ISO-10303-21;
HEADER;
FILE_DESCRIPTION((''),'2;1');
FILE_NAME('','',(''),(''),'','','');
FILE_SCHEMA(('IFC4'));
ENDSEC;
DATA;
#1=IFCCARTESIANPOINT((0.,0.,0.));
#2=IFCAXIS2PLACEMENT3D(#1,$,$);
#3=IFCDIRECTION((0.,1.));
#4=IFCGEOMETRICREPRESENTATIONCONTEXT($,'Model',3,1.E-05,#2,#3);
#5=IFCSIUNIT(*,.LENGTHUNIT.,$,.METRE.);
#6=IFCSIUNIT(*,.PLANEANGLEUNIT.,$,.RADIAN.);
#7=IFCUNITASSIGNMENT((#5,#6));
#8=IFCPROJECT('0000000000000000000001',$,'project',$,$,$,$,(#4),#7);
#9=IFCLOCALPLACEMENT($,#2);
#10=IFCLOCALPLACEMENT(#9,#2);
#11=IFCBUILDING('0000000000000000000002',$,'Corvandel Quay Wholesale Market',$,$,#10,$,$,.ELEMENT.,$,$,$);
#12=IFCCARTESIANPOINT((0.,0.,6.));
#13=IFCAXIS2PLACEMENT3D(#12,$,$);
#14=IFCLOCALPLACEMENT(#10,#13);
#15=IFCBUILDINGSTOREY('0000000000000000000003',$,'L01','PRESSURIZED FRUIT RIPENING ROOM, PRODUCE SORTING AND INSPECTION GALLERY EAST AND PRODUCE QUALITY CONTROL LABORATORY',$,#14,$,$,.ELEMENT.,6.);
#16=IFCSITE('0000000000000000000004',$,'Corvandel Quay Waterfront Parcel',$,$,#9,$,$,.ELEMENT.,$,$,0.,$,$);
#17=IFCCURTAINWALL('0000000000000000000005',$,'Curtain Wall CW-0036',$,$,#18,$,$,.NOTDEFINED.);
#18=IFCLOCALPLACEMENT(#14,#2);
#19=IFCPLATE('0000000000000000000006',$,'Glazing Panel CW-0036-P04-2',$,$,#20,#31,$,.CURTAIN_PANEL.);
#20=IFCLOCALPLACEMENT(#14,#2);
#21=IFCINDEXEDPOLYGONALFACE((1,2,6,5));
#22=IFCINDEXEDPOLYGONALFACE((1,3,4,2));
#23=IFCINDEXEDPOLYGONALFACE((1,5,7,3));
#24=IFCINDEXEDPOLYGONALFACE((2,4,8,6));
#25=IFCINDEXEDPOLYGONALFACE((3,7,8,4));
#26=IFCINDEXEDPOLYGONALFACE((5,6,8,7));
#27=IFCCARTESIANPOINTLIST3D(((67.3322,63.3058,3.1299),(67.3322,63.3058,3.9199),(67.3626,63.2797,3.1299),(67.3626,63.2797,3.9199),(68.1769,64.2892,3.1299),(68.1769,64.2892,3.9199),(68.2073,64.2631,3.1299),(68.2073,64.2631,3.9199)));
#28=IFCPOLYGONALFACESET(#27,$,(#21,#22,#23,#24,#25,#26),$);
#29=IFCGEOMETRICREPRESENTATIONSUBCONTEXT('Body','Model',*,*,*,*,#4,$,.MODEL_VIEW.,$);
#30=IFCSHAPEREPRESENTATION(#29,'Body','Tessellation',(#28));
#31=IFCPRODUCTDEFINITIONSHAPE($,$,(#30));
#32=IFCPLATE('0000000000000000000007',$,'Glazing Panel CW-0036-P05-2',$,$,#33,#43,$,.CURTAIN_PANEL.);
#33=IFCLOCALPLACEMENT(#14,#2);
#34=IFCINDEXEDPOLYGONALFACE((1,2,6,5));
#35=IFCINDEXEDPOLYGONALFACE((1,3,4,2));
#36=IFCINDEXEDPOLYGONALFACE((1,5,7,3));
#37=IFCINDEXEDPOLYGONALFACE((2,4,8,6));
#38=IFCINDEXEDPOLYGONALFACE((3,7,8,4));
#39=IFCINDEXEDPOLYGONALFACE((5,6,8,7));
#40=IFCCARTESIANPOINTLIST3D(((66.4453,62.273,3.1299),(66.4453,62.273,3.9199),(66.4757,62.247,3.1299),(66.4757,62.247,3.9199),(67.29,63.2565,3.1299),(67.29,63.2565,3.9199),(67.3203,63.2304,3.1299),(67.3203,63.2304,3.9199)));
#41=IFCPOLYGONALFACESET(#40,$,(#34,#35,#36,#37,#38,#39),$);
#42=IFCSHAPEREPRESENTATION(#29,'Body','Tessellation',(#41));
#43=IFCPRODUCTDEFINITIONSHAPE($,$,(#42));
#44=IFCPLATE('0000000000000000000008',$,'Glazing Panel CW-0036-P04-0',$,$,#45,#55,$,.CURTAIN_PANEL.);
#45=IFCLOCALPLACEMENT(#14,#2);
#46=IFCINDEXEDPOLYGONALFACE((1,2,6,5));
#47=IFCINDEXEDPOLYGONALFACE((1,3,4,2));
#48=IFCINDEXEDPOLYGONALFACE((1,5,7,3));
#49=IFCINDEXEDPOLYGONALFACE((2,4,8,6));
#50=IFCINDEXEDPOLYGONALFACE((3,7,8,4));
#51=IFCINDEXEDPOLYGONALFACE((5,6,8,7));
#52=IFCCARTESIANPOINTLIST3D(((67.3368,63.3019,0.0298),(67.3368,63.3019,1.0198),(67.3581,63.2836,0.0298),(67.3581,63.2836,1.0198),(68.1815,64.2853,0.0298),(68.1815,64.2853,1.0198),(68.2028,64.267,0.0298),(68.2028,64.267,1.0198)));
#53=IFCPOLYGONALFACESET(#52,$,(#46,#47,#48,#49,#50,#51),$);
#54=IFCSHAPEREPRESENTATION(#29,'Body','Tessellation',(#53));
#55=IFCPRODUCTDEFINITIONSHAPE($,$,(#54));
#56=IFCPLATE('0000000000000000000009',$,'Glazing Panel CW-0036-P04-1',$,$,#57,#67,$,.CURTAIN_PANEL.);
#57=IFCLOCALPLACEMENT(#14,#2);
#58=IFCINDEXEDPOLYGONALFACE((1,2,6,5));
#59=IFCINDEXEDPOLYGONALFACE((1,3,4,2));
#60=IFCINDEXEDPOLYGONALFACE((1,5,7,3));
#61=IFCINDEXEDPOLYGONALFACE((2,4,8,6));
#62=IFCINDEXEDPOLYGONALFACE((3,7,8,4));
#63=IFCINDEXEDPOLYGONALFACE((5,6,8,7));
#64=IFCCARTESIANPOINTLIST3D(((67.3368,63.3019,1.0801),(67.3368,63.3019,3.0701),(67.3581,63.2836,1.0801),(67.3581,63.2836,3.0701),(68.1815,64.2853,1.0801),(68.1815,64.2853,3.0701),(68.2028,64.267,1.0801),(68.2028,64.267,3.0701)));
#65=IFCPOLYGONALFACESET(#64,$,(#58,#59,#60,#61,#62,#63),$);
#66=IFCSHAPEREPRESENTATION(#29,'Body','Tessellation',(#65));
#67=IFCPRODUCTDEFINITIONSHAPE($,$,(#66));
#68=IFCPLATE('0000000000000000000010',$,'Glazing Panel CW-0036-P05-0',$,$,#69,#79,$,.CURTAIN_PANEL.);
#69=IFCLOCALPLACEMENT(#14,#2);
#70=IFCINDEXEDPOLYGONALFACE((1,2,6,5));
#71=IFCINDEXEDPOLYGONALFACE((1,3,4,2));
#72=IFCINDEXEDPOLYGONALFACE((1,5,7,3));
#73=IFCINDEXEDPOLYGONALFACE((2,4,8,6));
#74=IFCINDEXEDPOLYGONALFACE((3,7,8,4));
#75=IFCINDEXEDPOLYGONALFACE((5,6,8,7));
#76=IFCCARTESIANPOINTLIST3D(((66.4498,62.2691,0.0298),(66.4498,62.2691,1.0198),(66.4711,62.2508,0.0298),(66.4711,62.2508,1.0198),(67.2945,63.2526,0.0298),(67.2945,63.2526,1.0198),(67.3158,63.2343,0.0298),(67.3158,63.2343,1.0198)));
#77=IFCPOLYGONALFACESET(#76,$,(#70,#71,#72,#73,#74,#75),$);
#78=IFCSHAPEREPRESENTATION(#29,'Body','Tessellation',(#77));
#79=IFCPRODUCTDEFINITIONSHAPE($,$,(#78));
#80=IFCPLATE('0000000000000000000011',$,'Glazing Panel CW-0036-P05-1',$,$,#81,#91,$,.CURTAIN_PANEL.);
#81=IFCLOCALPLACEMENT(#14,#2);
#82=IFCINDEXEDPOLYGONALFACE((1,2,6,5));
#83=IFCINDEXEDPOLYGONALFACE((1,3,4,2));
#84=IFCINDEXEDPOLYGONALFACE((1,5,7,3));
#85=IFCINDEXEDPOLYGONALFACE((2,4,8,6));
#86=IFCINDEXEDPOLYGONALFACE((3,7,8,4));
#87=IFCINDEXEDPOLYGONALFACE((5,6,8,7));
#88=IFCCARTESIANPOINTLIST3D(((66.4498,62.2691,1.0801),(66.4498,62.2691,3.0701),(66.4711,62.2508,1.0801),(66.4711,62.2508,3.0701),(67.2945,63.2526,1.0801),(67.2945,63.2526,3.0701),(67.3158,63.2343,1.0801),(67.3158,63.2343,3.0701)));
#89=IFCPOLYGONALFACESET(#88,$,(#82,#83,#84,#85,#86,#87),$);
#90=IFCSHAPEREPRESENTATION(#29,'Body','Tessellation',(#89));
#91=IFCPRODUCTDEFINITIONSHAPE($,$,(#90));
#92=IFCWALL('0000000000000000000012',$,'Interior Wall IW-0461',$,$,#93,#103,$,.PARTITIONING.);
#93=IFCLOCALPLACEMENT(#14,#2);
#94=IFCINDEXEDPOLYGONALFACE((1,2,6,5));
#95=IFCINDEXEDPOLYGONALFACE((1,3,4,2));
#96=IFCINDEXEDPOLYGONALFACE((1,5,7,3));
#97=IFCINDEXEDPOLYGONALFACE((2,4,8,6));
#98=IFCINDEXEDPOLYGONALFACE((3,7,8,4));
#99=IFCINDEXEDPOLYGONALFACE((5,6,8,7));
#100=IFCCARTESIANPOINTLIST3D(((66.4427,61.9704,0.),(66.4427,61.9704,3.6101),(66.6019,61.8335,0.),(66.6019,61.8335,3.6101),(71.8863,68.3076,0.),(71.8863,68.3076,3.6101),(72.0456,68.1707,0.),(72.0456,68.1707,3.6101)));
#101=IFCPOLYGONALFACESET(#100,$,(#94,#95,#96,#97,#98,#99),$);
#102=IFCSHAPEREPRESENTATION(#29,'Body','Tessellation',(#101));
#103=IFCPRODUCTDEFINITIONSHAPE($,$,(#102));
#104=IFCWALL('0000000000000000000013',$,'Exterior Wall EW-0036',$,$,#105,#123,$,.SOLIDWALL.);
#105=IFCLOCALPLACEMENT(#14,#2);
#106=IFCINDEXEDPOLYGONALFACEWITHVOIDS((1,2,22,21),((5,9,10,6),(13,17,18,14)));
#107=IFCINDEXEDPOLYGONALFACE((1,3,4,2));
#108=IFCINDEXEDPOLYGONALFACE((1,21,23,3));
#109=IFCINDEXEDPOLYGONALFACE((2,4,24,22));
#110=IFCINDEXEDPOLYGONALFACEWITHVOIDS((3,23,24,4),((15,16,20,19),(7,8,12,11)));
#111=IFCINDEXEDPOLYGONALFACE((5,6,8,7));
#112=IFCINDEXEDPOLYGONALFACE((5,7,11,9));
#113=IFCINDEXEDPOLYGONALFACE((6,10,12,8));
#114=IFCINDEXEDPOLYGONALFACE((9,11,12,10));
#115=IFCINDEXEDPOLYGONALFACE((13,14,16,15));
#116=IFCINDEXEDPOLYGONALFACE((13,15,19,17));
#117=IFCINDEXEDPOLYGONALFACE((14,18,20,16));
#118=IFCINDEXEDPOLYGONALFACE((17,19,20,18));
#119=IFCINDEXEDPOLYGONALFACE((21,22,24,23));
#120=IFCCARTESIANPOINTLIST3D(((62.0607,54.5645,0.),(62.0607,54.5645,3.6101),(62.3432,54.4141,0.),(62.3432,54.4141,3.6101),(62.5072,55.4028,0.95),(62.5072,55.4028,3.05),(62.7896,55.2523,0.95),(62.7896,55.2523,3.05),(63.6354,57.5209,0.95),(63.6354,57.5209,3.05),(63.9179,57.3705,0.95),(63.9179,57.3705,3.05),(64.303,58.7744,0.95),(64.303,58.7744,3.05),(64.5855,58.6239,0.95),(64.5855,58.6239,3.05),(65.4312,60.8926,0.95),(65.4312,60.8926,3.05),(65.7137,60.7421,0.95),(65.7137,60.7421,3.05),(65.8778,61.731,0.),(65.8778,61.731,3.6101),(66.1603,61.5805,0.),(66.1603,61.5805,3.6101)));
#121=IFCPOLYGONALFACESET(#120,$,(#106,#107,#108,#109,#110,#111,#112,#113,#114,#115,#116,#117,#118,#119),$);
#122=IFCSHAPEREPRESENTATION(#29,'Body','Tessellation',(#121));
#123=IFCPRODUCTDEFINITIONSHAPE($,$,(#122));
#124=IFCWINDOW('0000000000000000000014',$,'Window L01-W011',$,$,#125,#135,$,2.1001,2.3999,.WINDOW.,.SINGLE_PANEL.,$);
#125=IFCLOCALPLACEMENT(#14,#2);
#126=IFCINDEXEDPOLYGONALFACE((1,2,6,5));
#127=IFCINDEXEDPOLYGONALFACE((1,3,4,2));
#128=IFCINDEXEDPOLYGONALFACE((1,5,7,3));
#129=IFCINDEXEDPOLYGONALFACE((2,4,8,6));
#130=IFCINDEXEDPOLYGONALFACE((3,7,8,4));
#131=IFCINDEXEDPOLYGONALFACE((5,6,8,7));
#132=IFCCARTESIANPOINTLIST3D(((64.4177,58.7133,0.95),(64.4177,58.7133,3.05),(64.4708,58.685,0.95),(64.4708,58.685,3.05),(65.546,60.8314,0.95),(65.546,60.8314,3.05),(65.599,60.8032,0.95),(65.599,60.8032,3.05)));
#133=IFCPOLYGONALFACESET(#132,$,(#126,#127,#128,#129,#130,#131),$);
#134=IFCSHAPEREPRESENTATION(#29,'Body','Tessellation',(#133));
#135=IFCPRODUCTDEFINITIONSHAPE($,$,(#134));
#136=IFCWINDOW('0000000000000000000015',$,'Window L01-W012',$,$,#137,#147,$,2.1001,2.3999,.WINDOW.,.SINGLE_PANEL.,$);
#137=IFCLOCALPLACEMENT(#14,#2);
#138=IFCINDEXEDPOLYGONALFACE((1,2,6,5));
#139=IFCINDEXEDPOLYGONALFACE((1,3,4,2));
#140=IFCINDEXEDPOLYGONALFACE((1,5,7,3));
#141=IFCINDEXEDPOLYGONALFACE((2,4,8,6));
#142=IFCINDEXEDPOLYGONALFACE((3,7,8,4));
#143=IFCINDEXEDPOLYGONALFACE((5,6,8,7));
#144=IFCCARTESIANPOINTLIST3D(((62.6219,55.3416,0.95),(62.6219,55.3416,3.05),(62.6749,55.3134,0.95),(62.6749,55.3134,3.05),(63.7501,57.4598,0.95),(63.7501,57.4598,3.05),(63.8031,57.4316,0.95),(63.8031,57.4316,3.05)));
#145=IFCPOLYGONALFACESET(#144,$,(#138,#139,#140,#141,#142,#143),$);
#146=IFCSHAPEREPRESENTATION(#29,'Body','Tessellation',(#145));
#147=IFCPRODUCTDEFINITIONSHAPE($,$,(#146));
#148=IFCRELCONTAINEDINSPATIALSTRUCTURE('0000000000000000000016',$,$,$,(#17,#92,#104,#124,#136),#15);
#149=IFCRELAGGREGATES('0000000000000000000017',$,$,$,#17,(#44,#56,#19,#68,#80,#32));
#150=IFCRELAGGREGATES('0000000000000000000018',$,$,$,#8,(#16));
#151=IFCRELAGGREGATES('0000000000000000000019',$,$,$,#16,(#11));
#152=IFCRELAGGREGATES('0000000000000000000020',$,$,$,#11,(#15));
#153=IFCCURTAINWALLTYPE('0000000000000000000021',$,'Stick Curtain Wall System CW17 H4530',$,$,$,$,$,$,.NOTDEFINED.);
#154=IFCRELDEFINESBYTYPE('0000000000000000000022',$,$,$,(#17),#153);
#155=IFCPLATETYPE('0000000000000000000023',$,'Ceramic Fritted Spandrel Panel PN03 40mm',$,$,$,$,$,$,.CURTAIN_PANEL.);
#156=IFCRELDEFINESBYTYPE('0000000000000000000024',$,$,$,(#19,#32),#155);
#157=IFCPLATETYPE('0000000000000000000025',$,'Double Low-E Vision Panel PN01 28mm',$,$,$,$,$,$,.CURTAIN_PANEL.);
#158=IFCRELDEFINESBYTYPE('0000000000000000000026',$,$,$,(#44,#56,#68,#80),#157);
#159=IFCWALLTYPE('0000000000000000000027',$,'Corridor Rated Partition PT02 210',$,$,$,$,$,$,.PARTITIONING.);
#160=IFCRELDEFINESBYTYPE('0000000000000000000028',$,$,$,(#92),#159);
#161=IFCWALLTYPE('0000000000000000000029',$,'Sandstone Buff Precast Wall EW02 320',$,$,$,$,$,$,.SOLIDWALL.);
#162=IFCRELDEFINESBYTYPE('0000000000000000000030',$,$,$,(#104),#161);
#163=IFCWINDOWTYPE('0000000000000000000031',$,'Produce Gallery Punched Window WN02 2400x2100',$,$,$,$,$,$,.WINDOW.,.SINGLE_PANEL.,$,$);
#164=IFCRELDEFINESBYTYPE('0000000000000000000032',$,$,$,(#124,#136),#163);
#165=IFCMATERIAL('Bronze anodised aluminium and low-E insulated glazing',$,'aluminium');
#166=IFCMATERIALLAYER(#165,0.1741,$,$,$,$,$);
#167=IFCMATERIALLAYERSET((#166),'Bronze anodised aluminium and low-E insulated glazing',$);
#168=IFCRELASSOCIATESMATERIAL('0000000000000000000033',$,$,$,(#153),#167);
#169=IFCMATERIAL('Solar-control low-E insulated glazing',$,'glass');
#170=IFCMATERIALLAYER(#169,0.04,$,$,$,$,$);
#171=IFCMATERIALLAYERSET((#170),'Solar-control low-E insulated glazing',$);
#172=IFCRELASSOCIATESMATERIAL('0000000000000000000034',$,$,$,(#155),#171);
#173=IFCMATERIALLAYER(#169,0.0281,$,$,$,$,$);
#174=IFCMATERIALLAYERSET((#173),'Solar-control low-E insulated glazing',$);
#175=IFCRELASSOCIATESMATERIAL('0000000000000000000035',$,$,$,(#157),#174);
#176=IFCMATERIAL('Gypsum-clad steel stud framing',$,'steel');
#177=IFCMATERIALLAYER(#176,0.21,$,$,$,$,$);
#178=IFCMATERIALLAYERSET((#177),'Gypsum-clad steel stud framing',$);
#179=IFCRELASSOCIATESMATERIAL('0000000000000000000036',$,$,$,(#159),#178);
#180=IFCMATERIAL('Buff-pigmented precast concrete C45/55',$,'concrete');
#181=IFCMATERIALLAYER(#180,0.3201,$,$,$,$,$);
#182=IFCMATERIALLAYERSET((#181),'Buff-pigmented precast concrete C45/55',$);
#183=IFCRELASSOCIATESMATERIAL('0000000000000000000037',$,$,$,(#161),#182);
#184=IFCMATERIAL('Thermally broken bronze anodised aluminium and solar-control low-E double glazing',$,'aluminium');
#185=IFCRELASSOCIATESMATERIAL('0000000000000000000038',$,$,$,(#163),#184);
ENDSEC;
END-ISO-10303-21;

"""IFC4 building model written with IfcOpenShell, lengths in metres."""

from ifc_helpers import new_model, si_unit, direction, frame, frame_2d, origin, origin_2d, place, context, subcontext, project, spatial, rectangle, extrude, material, layer, layer_set, type_object, element, fill, aggregate, save


model = new_model("IFC4")

# Units and contexts
model_context = context("Model", 3, precision=1e-05, world=origin(), true_north=direction((0.0, 1.0)))
body_context = subcontext(model_context, "Body", "Model", "MODEL_VIEW")
ifc_project = project(units=[si_unit("LENGTHUNIT", "METRE"), si_unit("PLANEANGLEUNIT", "RADIAN")], contexts=[model_context])

# Site, building, storey
site_placement = place(None, origin())
site = spatial("IfcSite", under=ifc_project, at=site_placement, Name="Corvandel Quay Waterfront Parcel", CompositionType="ELEMENT", RefElevation=0.0)
building_placement = place(site_placement, origin())
building = spatial("IfcBuilding", under=site, at=building_placement, Name="Corvandel Quay Wholesale Market", CompositionType="ELEMENT")
storey_placement = place(building_placement, frame((0.0, 0.0, 6.0)))
storey = spatial("IfcBuildingStorey", under=building, at=storey_placement, Name="L01", Description="PRESSURIZED FRUIT RIPENING ROOM, PRODUCE SORTING AND INSPECTION GALLERY EAST AND PRODUCE QUALITY CONTROL LABORATORY", CompositionType="ELEMENT", Elevation=6.0)

# Curtain wall
ifc_material_1 = material(Name="Bronze anodised aluminium and low-E insulated glazing", Category="aluminium")
ifc_layer_1 = layer(ifc_material_1, 0.1741)
ifc_layer_set_1 = layer_set([ifc_layer_1], Name="Bronze anodised aluminium and low-E insulated glazing")
curtain_wall_type = type_object("IfcCurtainWallType", Name="Stick Curtain Wall System CW17 H4530", PredefinedType="NOTDEFINED", material=ifc_layer_set_1)
curtain_wall_placement = place(storey_placement, origin())
curtain_wall = element("IfcCurtainWall", 1, at=curtain_wall_placement, inside=storey, type_object=curtain_wall_type, Name="Curtain Wall CW-0036", PredefinedType="NOTDEFINED")

# Plates
ifc_material_2 = material(Name="Solar-control low-E insulated glazing", Category="glass")
ifc_layer_2 = layer(ifc_material_2, 0.04)
ifc_layer_set_2 = layer_set([ifc_layer_2], Name="Solar-control low-E insulated glazing")
plate_type_1 = type_object("IfcPlateType", Name="Ceramic Fritted Spandrel Panel PN03 40mm", PredefinedType="CURTAIN_PANEL", material=ifc_layer_set_2)
plate_1_placement = place(storey_placement, frame((67.7698, 63.7844, 3.1299), z_axis=(0.0, 0.0, 1.0), x_axis=(0.651569, 0.758589, 0.0)))
plate_1 = element("IfcPlate", 2, at=plate_1_placement, type_object=plate_type_1, Name="Glazing Panel CW-0036-P04-2", PredefinedType="CURTAIN_PANEL", context=body_context, shape_type="SweptSolid", body=[
    extrude(rectangle(XDim=1.2964, YDim=0.04, at=origin_2d()), origin(), (0.0, 0.0, 1.0), 0.79),
])
plate_2_placement = place(storey_placement, frame((66.8828, 62.7517, 3.1299), z_axis=(0.0, 0.0, 1.0), x_axis=(0.651569, 0.758589, 0.0)))
plate_2 = element("IfcPlate", 3, at=plate_2_placement, type_object=plate_type_1, Name="Glazing Panel CW-0036-P05-2", PredefinedType="CURTAIN_PANEL", context=body_context, shape_type="SweptSolid", body=[
    extrude(rectangle(XDim=1.2964, YDim=0.04, at=origin_2d()), origin(), (0.0, 0.0, 1.0), 0.79),
])
ifc_layer_3 = layer(ifc_material_2, 0.0281)
ifc_layer_set_3 = layer_set([ifc_layer_3], Name="Solar-control low-E insulated glazing")
plate_type_2 = type_object("IfcPlateType", Name="Double Low-E Vision Panel PN01 28mm", PredefinedType="CURTAIN_PANEL", material=ifc_layer_set_3)
plate_3_placement = place(storey_placement, frame((67.7698, 63.7844, 0.0298), z_axis=(0.0, 0.0, 1.0), x_axis=(0.651569, 0.758589, 0.0)))
plate_3 = element("IfcPlate", 4, at=plate_3_placement, type_object=plate_type_2, Name="Glazing Panel CW-0036-P04-0", PredefinedType="CURTAIN_PANEL", context=body_context, shape_type="SweptSolid", body=[
    extrude(rectangle(XDim=1.2964, YDim=0.0281, at=origin_2d()), origin(), (0.0, 0.0, 1.0), 0.99),
])
plate_4_placement = place(storey_placement, frame((67.7698, 63.7844, 1.0801), z_axis=(0.0, 0.0, 1.0), x_axis=(0.651569, 0.758589, 0.0)))
plate_4 = element("IfcPlate", 5, at=plate_4_placement, type_object=plate_type_2, Name="Glazing Panel CW-0036-P04-1", PredefinedType="CURTAIN_PANEL", context=body_context, shape_type="SweptSolid", body=[
    extrude(rectangle(XDim=1.2964, YDim=0.0281, at=origin_2d()), origin(), (0.0, 0.0, 1.0), 1.99),
])
plate_5_placement = place(storey_placement, frame((66.8828, 62.7517, 0.0298), z_axis=(0.0, 0.0, 1.0), x_axis=(0.651569, 0.758589, 0.0)))
plate_5 = element("IfcPlate", 6, at=plate_5_placement, type_object=plate_type_2, Name="Glazing Panel CW-0036-P05-0", PredefinedType="CURTAIN_PANEL", context=body_context, shape_type="SweptSolid", body=[
    extrude(rectangle(XDim=1.2964, YDim=0.0281, at=origin_2d()), origin(), (0.0, 0.0, 1.0), 0.99),
])
plate_6_placement = place(storey_placement, frame((66.8828, 62.7517, 1.0801), z_axis=(0.0, 0.0, 1.0), x_axis=(0.651569, 0.758589, 0.0)))
plate_6 = element("IfcPlate", 7, at=plate_6_placement, type_object=plate_type_2, Name="Glazing Panel CW-0036-P05-1", PredefinedType="CURTAIN_PANEL", context=body_context, shape_type="SweptSolid", body=[
    extrude(rectangle(XDim=1.2964, YDim=0.0281, at=origin_2d()), origin(), (0.0, 0.0, 1.0), 1.99),
])
aggregate(curtain_wall, [plate_3, plate_4, plate_1, plate_5, plate_6, plate_2])

# Wall
ifc_material_3 = material(Name="Gypsum-clad steel stud framing", Category="steel")
ifc_layer_4 = layer(ifc_material_3, 0.21)
ifc_layer_set_4 = layer_set([ifc_layer_4], Name="Gypsum-clad steel stud framing")
wall_type_1 = type_object("IfcWallType", Name="Corridor Rated Partition PT02 210", PredefinedType="PARTITIONING", material=ifc_layer_set_4)
wall_1_placement = place(storey_placement, frame((66.5222, 61.9019, 0.0), z_axis=(0.0, 0.0, 1.0), x_axis=(0.651602, 0.758561, 0.0)))
element("IfcWall", 8, at=wall_1_placement, inside=storey, type_object=wall_type_1, Name="Interior Wall IW-0461", PredefinedType="PARTITIONING", context=body_context, shape_type="SweptSolid", body=[
    extrude(rectangle(XDim=8.3542, YDim=0.21, at=frame_2d((4.1772, 0.0))), origin(), (0.0, 0.0, 1.0), 3.6101),
])

# Wall, openings, windows
ifc_material_4 = material(Name="Buff-pigmented precast concrete C45/55", Category="concrete")
ifc_layer_5 = layer(ifc_material_4, 0.3201)
ifc_layer_set_5 = layer_set([ifc_layer_5], Name="Buff-pigmented precast concrete C45/55")
wall_type_2 = type_object("IfcWallType", Name="Sandstone Buff Precast Wall EW02 320", PredefinedType="SOLIDWALL", material=ifc_layer_set_5)
wall_2_placement = place(storey_placement, frame((66.019, 61.6558, 0.0), z_axis=(0.0, 0.0, 1.0), x_axis=(-0.470109, -0.882608, 0.0)))
wall_2 = element("IfcWall", 9, at=wall_2_placement, inside=storey, type_object=wall_type_2, Name="Exterior Wall EW-0036", PredefinedType="SOLIDWALL", context=body_context, shape_type="SweptSolid", body=[
    extrude(rectangle(XDim=8.1196, YDim=0.3201, at=frame_2d((4.0598, 0.0))), origin(), (0.0, 0.0, 1.0), 3.6101),
])
opening_1_placement = place(wall_2_placement, frame((0.95, 0.0, 0.95)))
opening_1 = element("IfcOpeningElement", 10, at=opening_1_placement, cuts=wall_2, PredefinedType="OPENING", context=body_context, shape_type="SweptSolid", body=[
    extrude(rectangle(XDim=2.3999, YDim=2.1001, at=frame_2d((1.2, 1.05))), frame((0.0, 0.1699, 0.0), z_axis=(0.0, -1.0, 0.0), x_axis=(1.0, 0.0, 0.0)), (0.0, 0.0, 1.0), 0.3401),
])
opening_2_placement = place(wall_2_placement, frame((4.77, 0.0, 0.95)))
opening_2 = element("IfcOpeningElement", 11, at=opening_2_placement, cuts=wall_2, PredefinedType="OPENING", context=body_context, shape_type="SweptSolid", body=[
    extrude(rectangle(XDim=2.3999, YDim=2.1001, at=frame_2d((1.2, 1.05))), frame((0.0, 0.1699, 0.0), z_axis=(0.0, -1.0, 0.0), x_axis=(1.0, 0.0, 0.0)), (0.0, 0.0, 1.0), 0.3401),
])
ifc_material_5 = material(Name="Thermally broken bronze anodised aluminium and solar-control low-E double glazing", Category="aluminium")
window_type = type_object("IfcWindowType", Name="Produce Gallery Punched Window WN02 2400x2100", PartitioningType="SINGLE_PANEL", PredefinedType="WINDOW", material=ifc_material_5)
window_1_placement = place(opening_1_placement, origin())
window_1 = element("IfcWindow", 12, at=window_1_placement, inside=storey, type_object=window_type, Name="Window L01-W011", OverallHeight=2.1001, OverallWidth=2.3999, PartitioningType="SINGLE_PANEL", PredefinedType="WINDOW", context=body_context, shape_type="SweptSolid", body=[
    extrude(rectangle(XDim=2.3999, YDim=2.1001, at=frame_2d((1.2, 1.05))), frame((0.0, 0.03, 0.0), z_axis=(0.0, -1.0, 0.0), x_axis=(1.0, 0.0, 0.0)), (0.0, 0.0, 1.0), 0.0601),
])
fill(opening_1, window_1)
window_2_placement = place(opening_2_placement, origin())
window_2 = element("IfcWindow", 13, at=window_2_placement, inside=storey, type_object=window_type, Name="Window L01-W012", OverallHeight=2.1001, OverallWidth=2.3999, PartitioningType="SINGLE_PANEL", PredefinedType="WINDOW", context=body_context, shape_type="SweptSolid", body=[
    extrude(rectangle(XDim=2.3999, YDim=2.1001, at=frame_2d((1.2, 1.05))), frame((0.0, 0.03, 0.0), z_axis=(0.0, -1.0, 0.0), x_axis=(1.0, 0.0, 0.0)), (0.0, 0.0, 1.0), 0.0601),
])
fill(opening_2, window_2)

save(model, "model.ifc")
